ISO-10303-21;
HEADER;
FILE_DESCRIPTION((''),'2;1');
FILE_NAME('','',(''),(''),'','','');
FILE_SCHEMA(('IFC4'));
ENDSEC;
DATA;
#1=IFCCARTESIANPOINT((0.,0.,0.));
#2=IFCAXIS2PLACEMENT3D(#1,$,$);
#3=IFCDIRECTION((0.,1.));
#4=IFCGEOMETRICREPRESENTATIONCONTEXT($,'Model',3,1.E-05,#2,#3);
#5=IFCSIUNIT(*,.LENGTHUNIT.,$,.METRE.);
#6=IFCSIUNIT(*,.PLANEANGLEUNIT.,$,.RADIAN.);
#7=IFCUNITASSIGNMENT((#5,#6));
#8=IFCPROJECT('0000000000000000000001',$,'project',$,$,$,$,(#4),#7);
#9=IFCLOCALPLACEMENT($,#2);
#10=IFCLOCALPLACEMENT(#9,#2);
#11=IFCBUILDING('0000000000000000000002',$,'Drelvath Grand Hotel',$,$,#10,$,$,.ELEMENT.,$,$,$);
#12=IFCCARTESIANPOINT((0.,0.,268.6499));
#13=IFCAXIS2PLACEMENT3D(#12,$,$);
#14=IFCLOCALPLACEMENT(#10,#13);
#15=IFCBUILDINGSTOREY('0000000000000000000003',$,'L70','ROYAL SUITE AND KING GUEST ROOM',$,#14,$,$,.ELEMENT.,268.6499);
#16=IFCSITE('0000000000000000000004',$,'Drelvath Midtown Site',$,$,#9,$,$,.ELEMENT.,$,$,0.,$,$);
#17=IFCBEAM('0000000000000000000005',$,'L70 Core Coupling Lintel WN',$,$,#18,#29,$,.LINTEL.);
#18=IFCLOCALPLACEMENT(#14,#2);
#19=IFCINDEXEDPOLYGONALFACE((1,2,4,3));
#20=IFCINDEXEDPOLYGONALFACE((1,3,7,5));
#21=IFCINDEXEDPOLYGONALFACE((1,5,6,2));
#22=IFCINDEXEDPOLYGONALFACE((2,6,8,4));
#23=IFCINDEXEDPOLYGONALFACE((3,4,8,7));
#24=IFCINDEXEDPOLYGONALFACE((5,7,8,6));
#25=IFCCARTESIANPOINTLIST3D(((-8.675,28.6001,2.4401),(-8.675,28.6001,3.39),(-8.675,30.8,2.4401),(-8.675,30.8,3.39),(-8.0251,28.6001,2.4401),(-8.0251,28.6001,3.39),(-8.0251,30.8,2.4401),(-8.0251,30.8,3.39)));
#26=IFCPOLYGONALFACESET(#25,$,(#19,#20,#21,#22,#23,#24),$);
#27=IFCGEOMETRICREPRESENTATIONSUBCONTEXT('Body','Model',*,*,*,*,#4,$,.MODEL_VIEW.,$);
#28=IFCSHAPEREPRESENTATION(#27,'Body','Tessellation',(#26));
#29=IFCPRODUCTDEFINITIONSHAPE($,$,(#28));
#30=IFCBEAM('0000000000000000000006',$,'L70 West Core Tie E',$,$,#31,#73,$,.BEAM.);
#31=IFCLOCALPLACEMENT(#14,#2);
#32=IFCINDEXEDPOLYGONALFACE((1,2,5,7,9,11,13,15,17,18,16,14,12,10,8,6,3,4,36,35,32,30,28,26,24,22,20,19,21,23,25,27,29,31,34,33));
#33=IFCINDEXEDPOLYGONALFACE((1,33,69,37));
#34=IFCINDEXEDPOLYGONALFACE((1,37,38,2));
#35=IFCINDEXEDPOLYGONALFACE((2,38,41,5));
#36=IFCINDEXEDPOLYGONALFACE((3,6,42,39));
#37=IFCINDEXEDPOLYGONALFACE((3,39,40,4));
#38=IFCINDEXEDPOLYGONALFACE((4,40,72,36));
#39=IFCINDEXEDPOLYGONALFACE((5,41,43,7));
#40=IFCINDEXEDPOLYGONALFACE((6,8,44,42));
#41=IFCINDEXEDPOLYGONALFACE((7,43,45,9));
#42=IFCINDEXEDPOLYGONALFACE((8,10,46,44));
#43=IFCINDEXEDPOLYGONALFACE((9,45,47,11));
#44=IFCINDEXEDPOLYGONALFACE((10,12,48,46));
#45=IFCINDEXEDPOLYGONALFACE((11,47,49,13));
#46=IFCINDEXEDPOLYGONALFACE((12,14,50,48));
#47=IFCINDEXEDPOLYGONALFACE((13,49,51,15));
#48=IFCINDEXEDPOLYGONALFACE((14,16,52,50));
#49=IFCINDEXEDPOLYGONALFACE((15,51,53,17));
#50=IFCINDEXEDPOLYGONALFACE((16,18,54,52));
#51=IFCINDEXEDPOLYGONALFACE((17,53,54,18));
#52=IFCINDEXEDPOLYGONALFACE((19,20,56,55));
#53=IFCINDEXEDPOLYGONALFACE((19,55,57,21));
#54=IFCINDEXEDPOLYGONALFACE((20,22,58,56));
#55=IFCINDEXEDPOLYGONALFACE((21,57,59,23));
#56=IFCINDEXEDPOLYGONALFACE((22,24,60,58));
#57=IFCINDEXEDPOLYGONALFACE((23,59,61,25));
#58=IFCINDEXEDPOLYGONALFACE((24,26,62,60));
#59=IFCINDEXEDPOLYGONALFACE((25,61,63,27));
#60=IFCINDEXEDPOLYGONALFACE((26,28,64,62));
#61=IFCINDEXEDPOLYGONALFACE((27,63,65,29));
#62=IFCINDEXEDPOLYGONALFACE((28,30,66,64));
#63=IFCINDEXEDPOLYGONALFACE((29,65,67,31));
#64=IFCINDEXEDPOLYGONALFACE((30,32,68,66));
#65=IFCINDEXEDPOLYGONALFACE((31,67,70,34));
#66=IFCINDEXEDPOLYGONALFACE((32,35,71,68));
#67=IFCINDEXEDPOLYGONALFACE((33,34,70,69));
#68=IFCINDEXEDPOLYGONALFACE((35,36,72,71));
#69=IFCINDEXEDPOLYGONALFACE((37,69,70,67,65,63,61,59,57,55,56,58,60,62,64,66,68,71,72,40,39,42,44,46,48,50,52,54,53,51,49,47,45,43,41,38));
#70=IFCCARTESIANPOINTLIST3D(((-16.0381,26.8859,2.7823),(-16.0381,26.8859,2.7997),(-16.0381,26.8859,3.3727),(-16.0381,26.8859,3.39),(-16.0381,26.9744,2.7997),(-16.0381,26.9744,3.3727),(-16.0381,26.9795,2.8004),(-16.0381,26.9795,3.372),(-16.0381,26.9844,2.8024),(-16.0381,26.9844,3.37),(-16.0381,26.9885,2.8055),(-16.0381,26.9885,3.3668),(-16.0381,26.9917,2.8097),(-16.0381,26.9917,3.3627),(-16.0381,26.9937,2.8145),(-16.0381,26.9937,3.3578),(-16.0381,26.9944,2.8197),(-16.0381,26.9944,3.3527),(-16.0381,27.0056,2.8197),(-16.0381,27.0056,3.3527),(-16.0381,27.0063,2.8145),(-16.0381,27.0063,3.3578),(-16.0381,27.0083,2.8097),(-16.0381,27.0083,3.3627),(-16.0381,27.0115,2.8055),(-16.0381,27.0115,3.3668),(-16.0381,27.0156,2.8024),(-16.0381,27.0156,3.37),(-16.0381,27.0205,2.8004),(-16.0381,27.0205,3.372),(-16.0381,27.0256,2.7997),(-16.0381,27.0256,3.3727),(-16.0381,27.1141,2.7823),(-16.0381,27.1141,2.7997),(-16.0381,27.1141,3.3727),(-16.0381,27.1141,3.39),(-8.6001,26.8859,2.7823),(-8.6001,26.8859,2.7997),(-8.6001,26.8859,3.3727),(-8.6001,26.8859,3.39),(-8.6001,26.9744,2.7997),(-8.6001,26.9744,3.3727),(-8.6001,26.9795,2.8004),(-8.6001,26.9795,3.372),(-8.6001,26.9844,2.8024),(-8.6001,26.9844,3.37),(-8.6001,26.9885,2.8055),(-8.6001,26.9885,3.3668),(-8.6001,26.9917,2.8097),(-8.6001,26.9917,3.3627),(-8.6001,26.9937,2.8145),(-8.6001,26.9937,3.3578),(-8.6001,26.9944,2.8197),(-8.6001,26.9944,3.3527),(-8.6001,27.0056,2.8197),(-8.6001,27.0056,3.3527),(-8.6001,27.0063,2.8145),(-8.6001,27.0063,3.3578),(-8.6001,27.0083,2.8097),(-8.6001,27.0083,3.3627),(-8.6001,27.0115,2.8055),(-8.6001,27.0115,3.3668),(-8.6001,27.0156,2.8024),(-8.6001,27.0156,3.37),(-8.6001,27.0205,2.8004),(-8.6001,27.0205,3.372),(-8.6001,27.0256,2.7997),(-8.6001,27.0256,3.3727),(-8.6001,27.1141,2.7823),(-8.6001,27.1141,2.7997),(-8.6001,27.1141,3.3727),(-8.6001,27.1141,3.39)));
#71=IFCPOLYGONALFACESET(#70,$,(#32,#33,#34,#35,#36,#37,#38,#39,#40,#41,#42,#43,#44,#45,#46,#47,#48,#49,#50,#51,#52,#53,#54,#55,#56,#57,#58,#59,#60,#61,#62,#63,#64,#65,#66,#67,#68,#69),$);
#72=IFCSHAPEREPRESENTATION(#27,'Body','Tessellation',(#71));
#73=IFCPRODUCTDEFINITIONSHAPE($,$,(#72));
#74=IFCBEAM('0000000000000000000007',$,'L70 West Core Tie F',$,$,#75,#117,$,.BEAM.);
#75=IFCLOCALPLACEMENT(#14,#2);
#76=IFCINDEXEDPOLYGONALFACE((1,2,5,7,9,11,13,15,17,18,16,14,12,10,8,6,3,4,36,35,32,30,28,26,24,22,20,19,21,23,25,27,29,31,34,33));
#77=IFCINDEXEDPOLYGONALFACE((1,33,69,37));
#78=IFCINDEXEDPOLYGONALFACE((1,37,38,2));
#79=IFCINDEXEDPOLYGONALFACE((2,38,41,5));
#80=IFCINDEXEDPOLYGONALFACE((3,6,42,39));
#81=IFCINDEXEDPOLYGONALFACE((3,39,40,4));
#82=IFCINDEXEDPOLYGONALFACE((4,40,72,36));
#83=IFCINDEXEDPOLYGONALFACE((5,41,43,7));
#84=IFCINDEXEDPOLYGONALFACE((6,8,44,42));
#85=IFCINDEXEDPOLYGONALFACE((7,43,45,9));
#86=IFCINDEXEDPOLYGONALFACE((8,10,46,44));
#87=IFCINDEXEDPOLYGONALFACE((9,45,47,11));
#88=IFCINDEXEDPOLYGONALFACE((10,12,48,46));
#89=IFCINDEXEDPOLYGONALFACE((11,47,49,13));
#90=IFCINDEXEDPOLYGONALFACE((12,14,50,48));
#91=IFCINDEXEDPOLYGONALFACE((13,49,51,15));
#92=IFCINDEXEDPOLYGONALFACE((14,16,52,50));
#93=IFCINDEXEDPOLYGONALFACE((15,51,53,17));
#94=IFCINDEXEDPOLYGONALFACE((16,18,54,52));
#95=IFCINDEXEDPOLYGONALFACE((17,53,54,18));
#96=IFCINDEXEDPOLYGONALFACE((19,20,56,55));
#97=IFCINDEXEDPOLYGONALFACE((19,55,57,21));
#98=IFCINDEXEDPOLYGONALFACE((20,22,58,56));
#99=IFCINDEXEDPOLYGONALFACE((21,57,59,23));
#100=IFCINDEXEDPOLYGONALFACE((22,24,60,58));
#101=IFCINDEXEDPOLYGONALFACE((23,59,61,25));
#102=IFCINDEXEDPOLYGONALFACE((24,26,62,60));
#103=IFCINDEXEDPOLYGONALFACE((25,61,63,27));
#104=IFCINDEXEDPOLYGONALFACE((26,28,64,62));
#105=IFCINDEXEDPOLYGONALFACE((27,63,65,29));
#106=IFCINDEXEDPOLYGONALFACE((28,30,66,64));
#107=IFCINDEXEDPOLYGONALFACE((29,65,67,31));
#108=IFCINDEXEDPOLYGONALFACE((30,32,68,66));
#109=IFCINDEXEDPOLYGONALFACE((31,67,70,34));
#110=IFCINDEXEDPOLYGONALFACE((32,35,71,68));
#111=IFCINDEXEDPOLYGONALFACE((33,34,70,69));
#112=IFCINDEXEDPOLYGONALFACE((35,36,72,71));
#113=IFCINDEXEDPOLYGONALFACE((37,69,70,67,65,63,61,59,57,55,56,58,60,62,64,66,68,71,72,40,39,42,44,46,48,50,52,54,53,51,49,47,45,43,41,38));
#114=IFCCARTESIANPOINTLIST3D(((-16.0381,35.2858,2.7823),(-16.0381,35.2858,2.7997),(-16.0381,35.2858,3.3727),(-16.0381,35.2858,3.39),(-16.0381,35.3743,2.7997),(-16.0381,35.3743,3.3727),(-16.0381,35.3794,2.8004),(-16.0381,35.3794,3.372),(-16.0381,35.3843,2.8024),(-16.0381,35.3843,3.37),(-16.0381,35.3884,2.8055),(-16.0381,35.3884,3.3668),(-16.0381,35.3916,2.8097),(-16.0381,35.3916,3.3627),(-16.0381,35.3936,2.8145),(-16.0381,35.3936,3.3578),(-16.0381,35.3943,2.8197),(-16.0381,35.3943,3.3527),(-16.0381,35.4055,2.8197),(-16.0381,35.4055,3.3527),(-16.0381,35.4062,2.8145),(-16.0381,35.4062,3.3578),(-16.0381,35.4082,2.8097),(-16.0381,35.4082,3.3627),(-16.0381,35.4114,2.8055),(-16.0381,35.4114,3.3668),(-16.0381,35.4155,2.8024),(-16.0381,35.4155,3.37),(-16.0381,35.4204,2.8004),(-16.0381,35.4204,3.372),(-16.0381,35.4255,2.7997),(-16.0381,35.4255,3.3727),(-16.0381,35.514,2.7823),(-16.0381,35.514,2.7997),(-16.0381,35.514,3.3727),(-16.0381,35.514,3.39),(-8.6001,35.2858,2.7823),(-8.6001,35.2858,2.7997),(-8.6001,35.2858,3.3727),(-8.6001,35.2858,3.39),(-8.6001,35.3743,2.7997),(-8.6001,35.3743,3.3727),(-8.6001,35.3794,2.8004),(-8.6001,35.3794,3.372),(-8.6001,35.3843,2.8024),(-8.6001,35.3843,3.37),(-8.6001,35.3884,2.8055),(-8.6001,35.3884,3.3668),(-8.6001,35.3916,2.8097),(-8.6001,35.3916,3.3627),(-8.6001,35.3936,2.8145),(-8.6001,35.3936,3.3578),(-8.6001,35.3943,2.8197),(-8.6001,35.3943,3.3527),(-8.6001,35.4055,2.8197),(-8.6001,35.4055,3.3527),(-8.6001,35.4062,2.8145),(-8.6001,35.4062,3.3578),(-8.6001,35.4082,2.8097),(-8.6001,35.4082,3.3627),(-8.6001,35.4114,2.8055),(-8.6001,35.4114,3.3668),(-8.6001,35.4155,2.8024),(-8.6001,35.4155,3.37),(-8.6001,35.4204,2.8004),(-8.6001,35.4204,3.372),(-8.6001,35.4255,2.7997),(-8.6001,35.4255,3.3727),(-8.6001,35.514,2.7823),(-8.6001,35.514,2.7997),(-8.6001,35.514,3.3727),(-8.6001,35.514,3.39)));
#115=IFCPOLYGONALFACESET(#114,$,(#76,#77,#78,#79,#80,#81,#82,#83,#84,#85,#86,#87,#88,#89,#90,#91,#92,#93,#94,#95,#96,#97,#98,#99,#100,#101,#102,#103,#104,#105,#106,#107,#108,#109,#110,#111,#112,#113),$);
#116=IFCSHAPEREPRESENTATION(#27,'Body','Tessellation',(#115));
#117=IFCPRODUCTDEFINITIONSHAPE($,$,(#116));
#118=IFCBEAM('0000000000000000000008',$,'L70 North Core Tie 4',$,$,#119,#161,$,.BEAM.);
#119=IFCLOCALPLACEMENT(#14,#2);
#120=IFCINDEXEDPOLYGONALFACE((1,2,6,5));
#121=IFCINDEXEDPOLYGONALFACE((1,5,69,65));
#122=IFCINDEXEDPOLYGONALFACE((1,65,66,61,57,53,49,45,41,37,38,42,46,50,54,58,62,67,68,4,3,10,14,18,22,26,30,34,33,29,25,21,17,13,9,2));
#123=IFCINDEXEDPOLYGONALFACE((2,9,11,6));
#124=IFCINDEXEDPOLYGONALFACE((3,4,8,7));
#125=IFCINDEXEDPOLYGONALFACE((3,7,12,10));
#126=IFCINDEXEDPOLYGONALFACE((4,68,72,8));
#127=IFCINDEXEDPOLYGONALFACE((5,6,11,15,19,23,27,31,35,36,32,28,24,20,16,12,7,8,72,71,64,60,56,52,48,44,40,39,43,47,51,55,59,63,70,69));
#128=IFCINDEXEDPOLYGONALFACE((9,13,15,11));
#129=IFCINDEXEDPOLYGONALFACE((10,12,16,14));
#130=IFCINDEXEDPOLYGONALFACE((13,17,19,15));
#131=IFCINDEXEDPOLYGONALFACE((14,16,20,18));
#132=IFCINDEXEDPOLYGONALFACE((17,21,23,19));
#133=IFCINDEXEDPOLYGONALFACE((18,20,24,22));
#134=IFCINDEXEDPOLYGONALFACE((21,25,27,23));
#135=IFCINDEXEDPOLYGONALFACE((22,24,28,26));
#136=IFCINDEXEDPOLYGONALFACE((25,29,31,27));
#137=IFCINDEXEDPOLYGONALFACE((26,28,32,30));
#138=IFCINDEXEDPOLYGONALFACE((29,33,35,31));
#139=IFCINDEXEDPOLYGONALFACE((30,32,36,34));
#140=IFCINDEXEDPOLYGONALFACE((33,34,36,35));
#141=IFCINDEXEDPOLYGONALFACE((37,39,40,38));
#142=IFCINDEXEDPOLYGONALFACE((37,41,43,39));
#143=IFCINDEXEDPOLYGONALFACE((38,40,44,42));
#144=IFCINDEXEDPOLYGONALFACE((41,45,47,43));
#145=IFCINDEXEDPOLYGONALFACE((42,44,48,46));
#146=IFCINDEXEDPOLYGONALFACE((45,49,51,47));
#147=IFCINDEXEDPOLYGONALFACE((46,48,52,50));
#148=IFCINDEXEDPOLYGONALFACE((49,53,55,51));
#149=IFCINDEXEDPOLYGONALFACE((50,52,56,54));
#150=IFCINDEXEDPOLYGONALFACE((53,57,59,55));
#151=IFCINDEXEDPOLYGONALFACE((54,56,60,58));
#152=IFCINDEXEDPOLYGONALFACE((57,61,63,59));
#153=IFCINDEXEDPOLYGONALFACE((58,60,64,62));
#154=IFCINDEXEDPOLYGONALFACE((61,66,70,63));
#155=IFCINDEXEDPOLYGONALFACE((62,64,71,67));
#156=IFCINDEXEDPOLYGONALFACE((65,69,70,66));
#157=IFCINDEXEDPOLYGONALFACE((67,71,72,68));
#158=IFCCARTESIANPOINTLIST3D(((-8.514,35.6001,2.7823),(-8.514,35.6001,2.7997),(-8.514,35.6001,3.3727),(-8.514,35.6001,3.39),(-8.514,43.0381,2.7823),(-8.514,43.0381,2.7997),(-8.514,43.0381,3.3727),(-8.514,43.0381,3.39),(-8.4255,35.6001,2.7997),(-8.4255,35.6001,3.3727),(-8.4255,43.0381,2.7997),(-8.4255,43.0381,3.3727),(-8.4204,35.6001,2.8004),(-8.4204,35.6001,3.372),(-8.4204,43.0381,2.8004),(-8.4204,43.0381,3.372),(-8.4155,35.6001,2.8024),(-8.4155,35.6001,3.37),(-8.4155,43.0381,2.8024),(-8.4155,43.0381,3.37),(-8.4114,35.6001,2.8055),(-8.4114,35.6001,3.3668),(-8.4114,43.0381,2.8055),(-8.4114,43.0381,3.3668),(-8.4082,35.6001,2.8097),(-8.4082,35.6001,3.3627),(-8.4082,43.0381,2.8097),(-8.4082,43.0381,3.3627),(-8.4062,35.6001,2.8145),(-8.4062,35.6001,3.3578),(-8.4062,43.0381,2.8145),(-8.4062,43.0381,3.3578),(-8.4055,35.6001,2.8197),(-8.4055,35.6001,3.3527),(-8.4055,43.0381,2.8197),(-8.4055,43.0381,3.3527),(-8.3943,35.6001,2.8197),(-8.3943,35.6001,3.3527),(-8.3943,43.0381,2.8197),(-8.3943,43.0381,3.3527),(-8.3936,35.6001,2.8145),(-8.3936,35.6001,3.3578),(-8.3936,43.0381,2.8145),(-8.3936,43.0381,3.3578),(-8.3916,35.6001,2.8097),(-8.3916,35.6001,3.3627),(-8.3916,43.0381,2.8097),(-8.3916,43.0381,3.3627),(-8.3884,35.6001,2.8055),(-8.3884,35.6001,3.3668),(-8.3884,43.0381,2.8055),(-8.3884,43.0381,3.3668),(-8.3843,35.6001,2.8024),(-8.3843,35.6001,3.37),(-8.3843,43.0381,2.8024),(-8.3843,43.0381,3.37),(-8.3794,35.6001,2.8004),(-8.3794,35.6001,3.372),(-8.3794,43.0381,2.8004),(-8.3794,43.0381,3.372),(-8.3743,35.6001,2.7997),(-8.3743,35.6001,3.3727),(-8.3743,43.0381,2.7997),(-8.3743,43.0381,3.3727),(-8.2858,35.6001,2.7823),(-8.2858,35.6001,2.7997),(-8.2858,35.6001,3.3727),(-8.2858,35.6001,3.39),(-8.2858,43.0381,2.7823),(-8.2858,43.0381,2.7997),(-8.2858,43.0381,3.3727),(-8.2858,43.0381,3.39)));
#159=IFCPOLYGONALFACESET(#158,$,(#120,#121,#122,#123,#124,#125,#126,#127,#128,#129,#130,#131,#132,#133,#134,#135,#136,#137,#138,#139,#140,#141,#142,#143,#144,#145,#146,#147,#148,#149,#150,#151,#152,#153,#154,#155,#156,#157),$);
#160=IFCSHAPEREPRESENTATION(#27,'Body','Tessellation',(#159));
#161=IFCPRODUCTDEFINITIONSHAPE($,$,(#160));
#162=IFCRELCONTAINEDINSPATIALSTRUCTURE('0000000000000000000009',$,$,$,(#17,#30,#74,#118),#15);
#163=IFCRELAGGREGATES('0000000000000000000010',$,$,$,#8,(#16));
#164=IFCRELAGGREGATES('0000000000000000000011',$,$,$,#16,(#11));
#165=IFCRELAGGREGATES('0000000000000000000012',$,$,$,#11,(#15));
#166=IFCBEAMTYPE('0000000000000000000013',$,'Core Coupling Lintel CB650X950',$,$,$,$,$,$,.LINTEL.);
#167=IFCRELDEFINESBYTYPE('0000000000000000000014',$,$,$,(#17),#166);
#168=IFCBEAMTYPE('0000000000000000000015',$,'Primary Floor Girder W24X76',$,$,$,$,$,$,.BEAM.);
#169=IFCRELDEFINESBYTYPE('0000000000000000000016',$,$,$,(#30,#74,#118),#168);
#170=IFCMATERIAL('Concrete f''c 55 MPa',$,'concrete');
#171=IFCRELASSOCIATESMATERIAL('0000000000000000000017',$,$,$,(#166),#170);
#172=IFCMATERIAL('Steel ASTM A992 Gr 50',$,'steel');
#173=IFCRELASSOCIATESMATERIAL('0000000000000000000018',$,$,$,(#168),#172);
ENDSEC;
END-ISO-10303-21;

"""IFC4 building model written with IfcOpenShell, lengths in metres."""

from ifc_helpers import new_model, si_unit, direction, frame, origin, origin_2d, place, context, subcontext, project, spatial, rectangle, i_section, extrude, material, material_profile, profile_set, type_object, element, save


model = new_model("IFC4")

# Units and contexts
model_context = context("Model", 3, precision=1e-05, world=origin(), true_north=direction((0.0, 1.0)))
body_context = subcontext(model_context, "Body", "Model", "MODEL_VIEW")
ifc_project = project(units=[si_unit("LENGTHUNIT", "METRE"), si_unit("PLANEANGLEUNIT", "RADIAN")], contexts=[model_context])

# Site, building, storey
site_placement = place(None, origin())
site = spatial("IfcSite", under=ifc_project, at=site_placement, Name="Drelvath Midtown Site", CompositionType="ELEMENT", RefElevation=0.0)
building_placement = place(site_placement, origin())
building = spatial("IfcBuilding", under=site, at=building_placement, Name="Drelvath Grand Hotel", CompositionType="ELEMENT")
storey_placement = place(building_placement, frame((0.0, 0.0, 268.6499)))
storey = spatial("IfcBuildingStorey", under=building, at=storey_placement, Name="L70", Description="ROYAL SUITE AND KING GUEST ROOM", CompositionType="ELEMENT", Elevation=268.6499)

# Beams
ifc_material_1 = material(Name="Concrete f'c 55 MPa", Category="concrete")
ifc_material_profile_1 = material_profile(ifc_material_1, rectangle(XDim=0.6499, YDim=0.95, at=origin_2d()), Name="CB650X950")
ifc_profile_set_1 = profile_set([ifc_material_profile_1], Name="Concrete f'c 55 MPa")
beam_type_1 = type_object("IfcBeamType", Name="Core Coupling Lintel CB650X950", PredefinedType="LINTEL", material=ifc_profile_set_1)
beam_placement = place(storey_placement, frame((-8.3501, 28.6001, 2.915), z_axis=(0.0, 1.0, 0.0), x_axis=(-1.0, 0.0, 0.0)))
element("IfcBeam", 1, at=beam_placement, inside=storey, type_object=beam_type_1, Name="L70 Core Coupling Lintel WN", PredefinedType="LINTEL", context=body_context, shape_type="SweptSolid", body=[
    extrude(rectangle(XDim=0.6499, YDim=0.95, at=origin_2d()), origin(), (0.0, 0.0, 1.0), 2.2),
])
ifc_material_2 = material(Name="Steel ASTM A992 Gr 50", Category="steel")
ifc_material_profile_2 = material_profile(ifc_material_2, i_section(OverallWidth=0.2283, OverallDepth=0.6077, WebThickness=0.0112, FlangeThickness=0.0173, FilletRadius=0.02, at=origin_2d()), Name="W24X76")
ifc_profile_set_2 = profile_set([ifc_material_profile_2], Name="Steel ASTM A992 Gr 50")
beam_type_2 = type_object("IfcBeamType", Name="Primary Floor Girder W24X76", PredefinedType="BEAM", material=ifc_profile_set_2)
for number, where, z_axis, x_axis, name in (
    (2, (-16.0381, 27.0, 3.0862), (1.0, 0.0, 0.0), (0.0, 1.0, 0.0), "L70 West Core Tie E"),
    (3, (-16.0381, 35.3999, 3.0862), (1.0, 0.0, 0.0), (0.0, 1.0, 0.0), "L70 West Core Tie F"),
    (4, (-8.3999, 35.6001, 3.0862), (0.0, 1.0, 0.0), (-1.0, 0.0, 0.0), "L70 North Core Tie 4"),
):
    element("IfcBeam", number, at=place(storey_placement, frame(where, z_axis=z_axis, x_axis=x_axis)), inside=storey, type_object=beam_type_2, Name=name, PredefinedType="BEAM", context=body_context, shape_type="SweptSolid", body=[
        extrude(i_section(OverallWidth=0.2283, OverallDepth=0.6077, WebThickness=0.0112, FlangeThickness=0.0173, FilletRadius=0.02, at=origin_2d()), origin(), (0.0, 0.0, 1.0), 7.438),
    ])

save(model, "model.ifc")
